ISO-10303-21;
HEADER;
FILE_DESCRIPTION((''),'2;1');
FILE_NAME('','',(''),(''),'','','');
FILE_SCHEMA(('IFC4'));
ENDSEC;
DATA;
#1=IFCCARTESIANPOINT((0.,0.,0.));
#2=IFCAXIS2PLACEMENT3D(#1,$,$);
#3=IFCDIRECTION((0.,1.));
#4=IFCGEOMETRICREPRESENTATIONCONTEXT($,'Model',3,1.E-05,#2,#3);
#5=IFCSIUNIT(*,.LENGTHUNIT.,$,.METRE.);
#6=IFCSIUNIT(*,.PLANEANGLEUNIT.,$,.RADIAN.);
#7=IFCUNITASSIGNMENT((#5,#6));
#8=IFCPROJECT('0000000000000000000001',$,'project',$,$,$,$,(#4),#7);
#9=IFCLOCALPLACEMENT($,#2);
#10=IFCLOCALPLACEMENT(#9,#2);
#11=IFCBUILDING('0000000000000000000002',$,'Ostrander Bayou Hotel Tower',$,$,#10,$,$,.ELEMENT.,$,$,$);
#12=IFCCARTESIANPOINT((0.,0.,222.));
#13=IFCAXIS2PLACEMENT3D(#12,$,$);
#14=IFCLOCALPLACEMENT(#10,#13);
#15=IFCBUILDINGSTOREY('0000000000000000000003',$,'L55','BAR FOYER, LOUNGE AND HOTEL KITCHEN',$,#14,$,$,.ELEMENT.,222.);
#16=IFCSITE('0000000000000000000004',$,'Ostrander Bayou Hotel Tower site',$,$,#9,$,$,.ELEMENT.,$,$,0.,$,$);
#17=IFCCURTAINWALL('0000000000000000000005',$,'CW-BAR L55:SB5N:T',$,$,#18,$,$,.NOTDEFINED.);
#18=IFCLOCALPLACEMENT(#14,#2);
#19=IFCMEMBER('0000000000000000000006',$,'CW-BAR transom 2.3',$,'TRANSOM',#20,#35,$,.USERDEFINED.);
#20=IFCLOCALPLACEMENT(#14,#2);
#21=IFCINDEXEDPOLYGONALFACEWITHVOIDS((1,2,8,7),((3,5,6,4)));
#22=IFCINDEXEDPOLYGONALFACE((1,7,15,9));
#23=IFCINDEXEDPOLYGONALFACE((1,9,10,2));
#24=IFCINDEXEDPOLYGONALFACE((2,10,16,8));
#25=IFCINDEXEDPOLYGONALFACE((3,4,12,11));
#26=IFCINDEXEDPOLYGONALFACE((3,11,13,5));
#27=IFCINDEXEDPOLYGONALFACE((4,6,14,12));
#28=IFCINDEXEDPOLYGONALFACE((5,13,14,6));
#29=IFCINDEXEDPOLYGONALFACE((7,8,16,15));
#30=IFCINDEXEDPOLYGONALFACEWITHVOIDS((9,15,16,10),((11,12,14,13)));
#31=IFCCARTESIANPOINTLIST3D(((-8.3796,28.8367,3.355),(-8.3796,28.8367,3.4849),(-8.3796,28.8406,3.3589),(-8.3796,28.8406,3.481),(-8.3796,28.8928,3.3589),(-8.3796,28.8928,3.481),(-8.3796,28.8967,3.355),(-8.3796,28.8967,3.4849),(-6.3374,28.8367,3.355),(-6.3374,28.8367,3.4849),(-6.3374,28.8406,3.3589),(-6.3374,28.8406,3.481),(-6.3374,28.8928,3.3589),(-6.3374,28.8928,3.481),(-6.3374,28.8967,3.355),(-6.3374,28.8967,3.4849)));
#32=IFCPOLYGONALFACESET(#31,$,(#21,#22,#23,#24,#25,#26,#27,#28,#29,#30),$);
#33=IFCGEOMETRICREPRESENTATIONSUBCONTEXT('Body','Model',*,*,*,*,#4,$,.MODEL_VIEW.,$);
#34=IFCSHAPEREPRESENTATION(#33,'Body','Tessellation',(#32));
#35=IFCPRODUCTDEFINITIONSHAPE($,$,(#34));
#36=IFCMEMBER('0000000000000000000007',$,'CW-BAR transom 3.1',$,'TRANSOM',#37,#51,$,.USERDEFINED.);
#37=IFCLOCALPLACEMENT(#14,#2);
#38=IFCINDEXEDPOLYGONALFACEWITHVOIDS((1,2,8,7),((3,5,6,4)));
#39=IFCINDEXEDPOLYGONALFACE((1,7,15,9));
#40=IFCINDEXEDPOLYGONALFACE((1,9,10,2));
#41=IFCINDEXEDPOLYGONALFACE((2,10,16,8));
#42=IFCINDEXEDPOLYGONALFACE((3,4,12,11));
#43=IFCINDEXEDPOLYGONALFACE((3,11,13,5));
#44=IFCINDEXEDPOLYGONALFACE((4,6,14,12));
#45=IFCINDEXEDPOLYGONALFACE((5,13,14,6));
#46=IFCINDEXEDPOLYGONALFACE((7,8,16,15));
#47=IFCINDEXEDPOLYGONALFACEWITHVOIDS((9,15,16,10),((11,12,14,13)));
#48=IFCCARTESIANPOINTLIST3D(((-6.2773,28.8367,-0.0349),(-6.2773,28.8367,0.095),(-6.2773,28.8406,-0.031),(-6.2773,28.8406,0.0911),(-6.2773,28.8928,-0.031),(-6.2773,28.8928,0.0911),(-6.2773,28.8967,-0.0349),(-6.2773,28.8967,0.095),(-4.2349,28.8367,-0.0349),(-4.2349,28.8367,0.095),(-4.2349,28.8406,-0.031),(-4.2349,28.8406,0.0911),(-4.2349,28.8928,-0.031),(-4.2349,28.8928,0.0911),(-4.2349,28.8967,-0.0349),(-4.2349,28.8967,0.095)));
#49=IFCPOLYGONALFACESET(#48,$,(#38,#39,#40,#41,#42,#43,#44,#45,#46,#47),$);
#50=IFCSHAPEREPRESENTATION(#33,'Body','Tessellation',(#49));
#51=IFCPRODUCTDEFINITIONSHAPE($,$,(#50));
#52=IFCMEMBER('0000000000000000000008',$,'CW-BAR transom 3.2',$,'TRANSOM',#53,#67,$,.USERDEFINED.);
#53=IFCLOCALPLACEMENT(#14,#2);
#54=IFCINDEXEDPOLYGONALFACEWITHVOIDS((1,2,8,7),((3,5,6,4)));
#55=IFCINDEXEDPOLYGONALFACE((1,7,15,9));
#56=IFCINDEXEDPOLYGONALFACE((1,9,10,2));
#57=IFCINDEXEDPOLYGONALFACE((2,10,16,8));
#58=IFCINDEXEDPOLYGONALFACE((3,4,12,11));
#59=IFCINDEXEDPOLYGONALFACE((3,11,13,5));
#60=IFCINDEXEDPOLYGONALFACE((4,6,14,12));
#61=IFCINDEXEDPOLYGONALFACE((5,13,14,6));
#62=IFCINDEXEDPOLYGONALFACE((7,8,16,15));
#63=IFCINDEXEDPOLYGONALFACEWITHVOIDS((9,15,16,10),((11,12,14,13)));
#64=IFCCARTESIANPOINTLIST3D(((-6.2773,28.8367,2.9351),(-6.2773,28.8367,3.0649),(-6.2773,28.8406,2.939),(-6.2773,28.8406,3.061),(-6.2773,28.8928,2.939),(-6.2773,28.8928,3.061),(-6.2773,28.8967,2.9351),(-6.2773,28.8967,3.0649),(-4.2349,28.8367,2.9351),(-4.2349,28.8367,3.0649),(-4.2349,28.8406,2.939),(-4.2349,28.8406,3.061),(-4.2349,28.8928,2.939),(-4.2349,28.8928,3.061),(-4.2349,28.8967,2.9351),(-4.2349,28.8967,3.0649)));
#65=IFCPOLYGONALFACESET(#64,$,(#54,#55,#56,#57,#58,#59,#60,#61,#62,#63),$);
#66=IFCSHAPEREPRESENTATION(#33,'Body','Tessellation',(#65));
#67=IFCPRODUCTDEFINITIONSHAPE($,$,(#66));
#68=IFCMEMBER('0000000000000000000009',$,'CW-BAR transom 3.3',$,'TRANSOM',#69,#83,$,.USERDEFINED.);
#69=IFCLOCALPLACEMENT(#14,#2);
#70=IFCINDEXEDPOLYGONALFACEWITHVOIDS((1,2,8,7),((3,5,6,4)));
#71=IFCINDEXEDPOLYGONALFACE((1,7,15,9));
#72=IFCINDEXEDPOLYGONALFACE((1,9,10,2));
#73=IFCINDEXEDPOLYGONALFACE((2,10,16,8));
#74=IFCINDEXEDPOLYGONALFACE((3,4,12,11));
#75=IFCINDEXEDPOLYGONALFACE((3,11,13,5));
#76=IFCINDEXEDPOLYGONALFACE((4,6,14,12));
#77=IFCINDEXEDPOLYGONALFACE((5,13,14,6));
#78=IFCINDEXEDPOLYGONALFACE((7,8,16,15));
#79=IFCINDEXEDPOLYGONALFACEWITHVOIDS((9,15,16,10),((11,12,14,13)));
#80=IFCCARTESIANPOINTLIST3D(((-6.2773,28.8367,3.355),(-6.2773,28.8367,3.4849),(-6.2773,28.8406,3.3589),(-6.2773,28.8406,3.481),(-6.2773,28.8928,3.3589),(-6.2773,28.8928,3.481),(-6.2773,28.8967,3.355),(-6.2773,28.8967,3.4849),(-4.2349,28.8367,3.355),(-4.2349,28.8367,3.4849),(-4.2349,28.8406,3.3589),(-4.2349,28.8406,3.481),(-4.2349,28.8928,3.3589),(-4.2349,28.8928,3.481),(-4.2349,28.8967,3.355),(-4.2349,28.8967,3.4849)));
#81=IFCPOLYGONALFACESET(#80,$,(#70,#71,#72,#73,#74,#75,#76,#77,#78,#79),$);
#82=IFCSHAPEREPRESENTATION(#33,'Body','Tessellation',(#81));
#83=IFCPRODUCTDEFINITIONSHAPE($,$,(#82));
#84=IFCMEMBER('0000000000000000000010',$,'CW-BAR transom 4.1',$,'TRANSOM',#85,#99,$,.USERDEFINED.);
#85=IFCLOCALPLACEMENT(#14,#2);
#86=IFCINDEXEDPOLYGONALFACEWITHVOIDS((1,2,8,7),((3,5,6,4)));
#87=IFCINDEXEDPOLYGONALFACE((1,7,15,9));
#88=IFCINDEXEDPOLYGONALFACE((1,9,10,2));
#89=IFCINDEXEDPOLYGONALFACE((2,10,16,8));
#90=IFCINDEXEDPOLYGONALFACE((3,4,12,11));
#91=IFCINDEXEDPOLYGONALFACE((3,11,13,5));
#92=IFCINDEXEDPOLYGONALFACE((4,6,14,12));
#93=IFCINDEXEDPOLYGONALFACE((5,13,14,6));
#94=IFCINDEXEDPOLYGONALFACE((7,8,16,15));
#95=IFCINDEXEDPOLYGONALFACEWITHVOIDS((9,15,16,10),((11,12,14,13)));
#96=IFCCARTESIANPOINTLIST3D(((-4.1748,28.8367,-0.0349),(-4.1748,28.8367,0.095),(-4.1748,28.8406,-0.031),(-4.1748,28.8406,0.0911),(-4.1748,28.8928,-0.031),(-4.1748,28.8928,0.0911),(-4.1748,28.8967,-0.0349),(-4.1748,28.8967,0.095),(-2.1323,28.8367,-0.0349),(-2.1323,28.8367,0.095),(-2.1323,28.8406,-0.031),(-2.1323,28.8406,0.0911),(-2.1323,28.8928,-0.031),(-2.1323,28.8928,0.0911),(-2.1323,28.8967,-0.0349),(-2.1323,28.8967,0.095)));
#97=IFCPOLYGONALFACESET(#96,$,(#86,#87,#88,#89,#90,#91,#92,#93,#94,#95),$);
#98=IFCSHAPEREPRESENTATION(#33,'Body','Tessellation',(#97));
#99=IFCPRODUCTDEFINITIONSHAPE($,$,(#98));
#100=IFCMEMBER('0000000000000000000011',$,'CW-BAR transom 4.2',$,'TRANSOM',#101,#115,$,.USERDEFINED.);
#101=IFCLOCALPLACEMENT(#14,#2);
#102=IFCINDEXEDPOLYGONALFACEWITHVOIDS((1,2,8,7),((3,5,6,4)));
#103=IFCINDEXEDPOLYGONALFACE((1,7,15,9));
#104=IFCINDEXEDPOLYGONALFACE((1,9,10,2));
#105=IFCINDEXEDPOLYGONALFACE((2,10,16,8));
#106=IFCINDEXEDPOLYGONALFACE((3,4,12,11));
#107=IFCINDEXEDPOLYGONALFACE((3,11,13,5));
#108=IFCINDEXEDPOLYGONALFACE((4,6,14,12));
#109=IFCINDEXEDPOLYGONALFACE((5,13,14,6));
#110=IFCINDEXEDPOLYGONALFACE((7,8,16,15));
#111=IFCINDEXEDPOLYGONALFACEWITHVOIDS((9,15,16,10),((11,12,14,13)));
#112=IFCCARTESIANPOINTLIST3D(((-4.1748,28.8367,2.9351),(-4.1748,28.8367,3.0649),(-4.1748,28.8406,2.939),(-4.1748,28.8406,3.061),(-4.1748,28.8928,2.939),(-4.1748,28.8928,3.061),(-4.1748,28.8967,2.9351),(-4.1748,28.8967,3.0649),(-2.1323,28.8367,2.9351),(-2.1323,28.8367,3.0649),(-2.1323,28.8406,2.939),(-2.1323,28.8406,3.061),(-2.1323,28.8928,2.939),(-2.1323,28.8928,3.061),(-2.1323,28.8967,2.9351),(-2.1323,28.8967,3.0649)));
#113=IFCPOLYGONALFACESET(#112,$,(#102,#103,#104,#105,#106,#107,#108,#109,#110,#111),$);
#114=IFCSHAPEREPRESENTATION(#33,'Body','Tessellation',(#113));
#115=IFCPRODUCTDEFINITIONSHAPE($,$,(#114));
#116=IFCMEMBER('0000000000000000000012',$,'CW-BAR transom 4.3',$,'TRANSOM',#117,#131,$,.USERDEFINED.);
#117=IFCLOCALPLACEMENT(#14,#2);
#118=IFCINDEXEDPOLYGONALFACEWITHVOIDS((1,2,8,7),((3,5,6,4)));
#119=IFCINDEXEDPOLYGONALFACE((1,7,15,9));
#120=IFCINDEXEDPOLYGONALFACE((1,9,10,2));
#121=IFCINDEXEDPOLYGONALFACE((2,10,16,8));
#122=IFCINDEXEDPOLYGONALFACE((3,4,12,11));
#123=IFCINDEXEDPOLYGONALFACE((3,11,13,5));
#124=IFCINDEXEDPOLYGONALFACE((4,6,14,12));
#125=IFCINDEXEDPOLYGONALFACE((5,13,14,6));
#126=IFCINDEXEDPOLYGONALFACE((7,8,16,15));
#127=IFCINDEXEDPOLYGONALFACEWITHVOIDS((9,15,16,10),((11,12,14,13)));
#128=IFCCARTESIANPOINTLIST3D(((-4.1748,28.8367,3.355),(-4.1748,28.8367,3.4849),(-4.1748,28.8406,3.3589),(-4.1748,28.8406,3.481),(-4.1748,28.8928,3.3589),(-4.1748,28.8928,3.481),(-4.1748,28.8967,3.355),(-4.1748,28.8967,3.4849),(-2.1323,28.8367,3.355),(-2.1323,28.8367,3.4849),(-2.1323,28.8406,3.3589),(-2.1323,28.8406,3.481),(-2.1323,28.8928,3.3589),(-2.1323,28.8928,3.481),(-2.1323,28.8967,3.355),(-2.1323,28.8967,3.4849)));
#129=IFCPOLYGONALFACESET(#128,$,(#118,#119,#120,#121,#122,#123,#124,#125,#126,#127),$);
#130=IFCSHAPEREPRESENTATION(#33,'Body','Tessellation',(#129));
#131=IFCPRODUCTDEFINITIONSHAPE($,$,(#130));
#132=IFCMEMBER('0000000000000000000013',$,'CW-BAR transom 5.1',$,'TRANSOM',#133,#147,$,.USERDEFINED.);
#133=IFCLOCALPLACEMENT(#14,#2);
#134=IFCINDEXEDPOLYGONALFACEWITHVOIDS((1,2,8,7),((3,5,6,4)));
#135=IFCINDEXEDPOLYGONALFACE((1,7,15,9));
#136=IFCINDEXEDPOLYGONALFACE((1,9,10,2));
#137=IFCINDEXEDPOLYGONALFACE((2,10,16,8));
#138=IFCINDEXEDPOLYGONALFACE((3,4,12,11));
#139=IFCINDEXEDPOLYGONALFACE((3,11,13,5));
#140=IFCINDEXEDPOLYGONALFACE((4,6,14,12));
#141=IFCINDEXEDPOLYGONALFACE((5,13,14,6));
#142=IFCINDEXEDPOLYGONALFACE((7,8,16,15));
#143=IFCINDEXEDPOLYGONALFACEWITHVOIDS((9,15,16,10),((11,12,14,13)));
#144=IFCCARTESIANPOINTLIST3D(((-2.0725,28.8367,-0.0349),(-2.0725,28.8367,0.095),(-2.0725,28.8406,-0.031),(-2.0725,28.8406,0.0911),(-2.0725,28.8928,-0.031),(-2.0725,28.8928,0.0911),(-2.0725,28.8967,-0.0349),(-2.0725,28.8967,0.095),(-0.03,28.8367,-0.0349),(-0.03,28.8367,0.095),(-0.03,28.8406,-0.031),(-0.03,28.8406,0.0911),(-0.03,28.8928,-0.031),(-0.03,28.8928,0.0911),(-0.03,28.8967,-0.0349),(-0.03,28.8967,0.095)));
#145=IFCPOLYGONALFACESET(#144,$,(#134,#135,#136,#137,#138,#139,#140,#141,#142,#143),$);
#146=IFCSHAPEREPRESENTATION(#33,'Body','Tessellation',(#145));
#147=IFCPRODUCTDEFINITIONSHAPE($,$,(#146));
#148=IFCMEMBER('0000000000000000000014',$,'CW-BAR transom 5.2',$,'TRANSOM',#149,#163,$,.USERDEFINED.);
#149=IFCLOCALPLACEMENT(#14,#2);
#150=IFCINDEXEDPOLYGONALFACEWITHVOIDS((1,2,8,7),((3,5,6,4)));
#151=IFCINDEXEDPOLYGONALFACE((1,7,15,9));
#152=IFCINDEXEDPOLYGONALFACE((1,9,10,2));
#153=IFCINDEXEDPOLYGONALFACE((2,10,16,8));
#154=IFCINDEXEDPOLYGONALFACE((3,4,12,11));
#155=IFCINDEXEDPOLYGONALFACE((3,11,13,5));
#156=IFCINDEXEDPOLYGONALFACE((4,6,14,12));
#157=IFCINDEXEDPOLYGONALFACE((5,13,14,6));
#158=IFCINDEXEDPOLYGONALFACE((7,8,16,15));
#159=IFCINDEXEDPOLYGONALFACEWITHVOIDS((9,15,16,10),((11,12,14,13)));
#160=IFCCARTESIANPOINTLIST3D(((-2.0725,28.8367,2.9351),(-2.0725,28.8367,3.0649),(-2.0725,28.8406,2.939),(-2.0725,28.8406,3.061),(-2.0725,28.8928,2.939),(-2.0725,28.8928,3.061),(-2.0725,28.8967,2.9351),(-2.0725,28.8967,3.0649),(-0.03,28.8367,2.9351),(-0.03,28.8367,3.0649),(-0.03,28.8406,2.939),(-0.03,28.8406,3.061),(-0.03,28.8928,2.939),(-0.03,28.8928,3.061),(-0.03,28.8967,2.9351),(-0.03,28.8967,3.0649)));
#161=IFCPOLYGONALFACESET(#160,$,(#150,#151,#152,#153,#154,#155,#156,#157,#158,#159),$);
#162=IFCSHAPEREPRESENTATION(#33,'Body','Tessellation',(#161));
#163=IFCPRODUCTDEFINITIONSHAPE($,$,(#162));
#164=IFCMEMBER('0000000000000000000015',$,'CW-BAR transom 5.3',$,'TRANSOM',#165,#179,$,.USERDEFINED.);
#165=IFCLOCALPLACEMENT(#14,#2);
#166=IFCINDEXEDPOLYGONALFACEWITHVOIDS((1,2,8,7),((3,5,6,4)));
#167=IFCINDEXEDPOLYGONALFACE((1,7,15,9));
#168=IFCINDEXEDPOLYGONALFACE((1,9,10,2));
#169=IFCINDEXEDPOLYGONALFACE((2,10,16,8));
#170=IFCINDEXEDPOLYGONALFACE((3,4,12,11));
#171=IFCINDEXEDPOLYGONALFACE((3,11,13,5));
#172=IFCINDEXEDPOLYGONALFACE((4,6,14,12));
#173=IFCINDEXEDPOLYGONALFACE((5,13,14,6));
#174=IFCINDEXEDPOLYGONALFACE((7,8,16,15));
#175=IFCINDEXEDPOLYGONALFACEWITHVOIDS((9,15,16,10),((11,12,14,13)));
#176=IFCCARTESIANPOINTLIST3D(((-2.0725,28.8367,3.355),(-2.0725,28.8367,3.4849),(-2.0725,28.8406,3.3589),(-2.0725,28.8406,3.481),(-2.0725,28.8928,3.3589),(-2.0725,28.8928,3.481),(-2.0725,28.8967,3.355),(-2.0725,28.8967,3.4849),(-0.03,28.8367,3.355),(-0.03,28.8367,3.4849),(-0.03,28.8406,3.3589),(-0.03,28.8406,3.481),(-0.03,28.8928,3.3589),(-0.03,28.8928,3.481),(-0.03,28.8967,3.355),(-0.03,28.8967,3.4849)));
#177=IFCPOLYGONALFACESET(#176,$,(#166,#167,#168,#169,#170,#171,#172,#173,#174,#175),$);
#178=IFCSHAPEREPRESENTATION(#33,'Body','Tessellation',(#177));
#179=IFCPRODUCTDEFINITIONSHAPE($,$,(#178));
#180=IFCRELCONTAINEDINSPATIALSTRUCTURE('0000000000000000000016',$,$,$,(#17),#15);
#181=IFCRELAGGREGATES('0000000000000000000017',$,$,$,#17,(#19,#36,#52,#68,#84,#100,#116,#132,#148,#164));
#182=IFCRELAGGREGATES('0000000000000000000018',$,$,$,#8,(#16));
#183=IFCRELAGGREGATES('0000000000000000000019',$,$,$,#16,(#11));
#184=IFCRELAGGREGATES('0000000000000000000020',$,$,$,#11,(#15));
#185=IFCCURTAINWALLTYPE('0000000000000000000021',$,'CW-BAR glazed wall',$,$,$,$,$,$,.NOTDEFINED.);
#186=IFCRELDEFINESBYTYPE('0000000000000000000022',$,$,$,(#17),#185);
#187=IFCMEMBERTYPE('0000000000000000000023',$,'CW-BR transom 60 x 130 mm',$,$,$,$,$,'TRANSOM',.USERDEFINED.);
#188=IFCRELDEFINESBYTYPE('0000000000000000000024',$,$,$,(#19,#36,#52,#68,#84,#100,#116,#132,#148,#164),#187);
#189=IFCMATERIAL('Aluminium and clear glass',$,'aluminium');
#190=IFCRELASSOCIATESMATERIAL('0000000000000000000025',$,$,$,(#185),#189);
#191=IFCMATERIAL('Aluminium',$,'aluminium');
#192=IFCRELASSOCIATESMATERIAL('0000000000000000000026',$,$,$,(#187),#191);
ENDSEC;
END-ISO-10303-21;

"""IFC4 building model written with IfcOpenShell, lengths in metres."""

from ifc_helpers import new_model, si_unit, direction, frame, origin, origin_2d, place, context, subcontext, project, spatial, hollow_rectangle, extrude, material, material_profile, profile_set, type_object, element, aggregate, save


model = new_model("IFC4")

# Units and contexts
model_context = context("Model", 3, precision=1e-05, world=origin(), true_north=direction((0.0, 1.0)))
body_context = subcontext(model_context, "Body", "Model", "MODEL_VIEW")
ifc_project = project(units=[si_unit("LENGTHUNIT", "METRE"), si_unit("PLANEANGLEUNIT", "RADIAN")], contexts=[model_context])

# Site, building, storey
site_placement = place(None, origin())
site = spatial("IfcSite", under=ifc_project, at=site_placement, Name="Ostrander Bayou Hotel Tower site", CompositionType="ELEMENT", RefElevation=0.0)
building_placement = place(site_placement, origin())
building = spatial("IfcBuilding", under=site, at=building_placement, Name="Ostrander Bayou Hotel Tower", CompositionType="ELEMENT")
storey_placement = place(building_placement, frame((0.0, 0.0, 222.0)))
storey = spatial("IfcBuildingStorey", under=building, at=storey_placement, Name="L55", Description="BAR FOYER, LOUNGE AND HOTEL KITCHEN", CompositionType="ELEMENT", Elevation=222.0)

# Shared definitions
ifc_material_1 = material(Name="Aluminium and clear glass", Category="aluminium")
curtain_wall_type = type_object("IfcCurtainWallType", Name="CW-BAR glazed wall", PredefinedType="NOTDEFINED", material=ifc_material_1)

# Curtain wall, members
curtain_wall_1_placement = place(storey_placement, origin())
curtain_wall_1 = element("IfcCurtainWall", 1, at=curtain_wall_1_placement, inside=storey, type_object=curtain_wall_type, Name="CW-BAR L55:SB5N:T", PredefinedType="NOTDEFINED")
ifc_material_2 = material(Name="Aluminium", Category="aluminium")
ifc_material_profile_1 = material_profile(ifc_material_2, hollow_rectangle(XDim=0.0601, YDim=0.1299, WallThickness=0.0039, at=origin_2d()))
ifc_profile_set_1 = profile_set([ifc_material_profile_1], Name="Aluminium")
member_type_1 = type_object("IfcMemberType", Name="CW-BR transom 60 x 130 mm", ElementType="TRANSOM", PredefinedType="USERDEFINED", material=ifc_profile_set_1)
member_1_placement = place(storey_placement, frame((-8.3796, 28.8667, 3.4199), z_axis=(1.0, 0.0, 0.0), x_axis=(0.0, 1.0, 0.0)))
member_1 = element("IfcMember", 2, at=member_1_placement, type_object=member_type_1, Name="CW-BAR transom 2.3", ObjectType="TRANSOM", PredefinedType="USERDEFINED", context=body_context, shape_type="SweptSolid", body=[
    extrude(hollow_rectangle(XDim=0.0601, YDim=0.1299, WallThickness=0.0039, at=origin_2d()), origin(), (0.0, 0.0, 1.0), 2.0422),
])
member_2_placement = place(storey_placement, frame((-6.2773, 28.8667, 0.03), z_axis=(1.0, 0.0, 0.0), x_axis=(0.0, 1.0, 0.0)))
member_2 = element("IfcMember", 3, at=member_2_placement, type_object=member_type_1, Name="CW-BAR transom 3.1", ObjectType="TRANSOM", PredefinedType="USERDEFINED", context=body_context, shape_type="SweptSolid", body=[
    extrude(hollow_rectangle(XDim=0.0601, YDim=0.1299, WallThickness=0.0039, at=origin_2d()), origin(), (0.0, 0.0, 1.0), 2.0425),
])
member_3_placement = place(storey_placement, frame((-6.2773, 28.8667, 3.0), z_axis=(1.0, 0.0, 0.0), x_axis=(0.0, 1.0, 0.0)))
member_3 = element("IfcMember", 4, at=member_3_placement, type_object=member_type_1, Name="CW-BAR transom 3.2", ObjectType="TRANSOM", PredefinedType="USERDEFINED", context=body_context, shape_type="SweptSolid", body=[
    extrude(hollow_rectangle(XDim=0.0601, YDim=0.1299, WallThickness=0.0039, at=origin_2d()), origin(), (0.0, 0.0, 1.0), 2.0425),
])
member_4_placement = place(storey_placement, frame((-6.2773, 28.8667, 3.4199), z_axis=(1.0, 0.0, 0.0), x_axis=(0.0, 1.0, 0.0)))
member_4 = element("IfcMember", 5, at=member_4_placement, type_object=member_type_1, Name="CW-BAR transom 3.3", ObjectType="TRANSOM", PredefinedType="USERDEFINED", context=body_context, shape_type="SweptSolid", body=[
    extrude(hollow_rectangle(XDim=0.0601, YDim=0.1299, WallThickness=0.0039, at=origin_2d()), origin(), (0.0, 0.0, 1.0), 2.0425),
])
member_5_placement = place(storey_placement, frame((-4.1748, 28.8667, 0.03), z_axis=(1.0, 0.0, 0.0), x_axis=(0.0, 1.0, 0.0)))
member_5 = element("IfcMember", 6, at=member_5_placement, type_object=member_type_1, Name="CW-BAR transom 4.1", ObjectType="TRANSOM", PredefinedType="USERDEFINED", context=body_context, shape_type="SweptSolid", body=[
    extrude(hollow_rectangle(XDim=0.0601, YDim=0.1299, WallThickness=0.0039, at=origin_2d()), origin(), (0.0, 0.0, 1.0), 2.0425),
])
member_6_placement = place(storey_placement, frame((-4.1748, 28.8667, 3.0), z_axis=(1.0, 0.0, 0.0), x_axis=(0.0, 1.0, 0.0)))
member_6 = element("IfcMember", 7, at=member_6_placement, type_object=member_type_1, Name="CW-BAR transom 4.2", ObjectType="TRANSOM", PredefinedType="USERDEFINED", context=body_context, shape_type="SweptSolid", body=[
    extrude(hollow_rectangle(XDim=0.0601, YDim=0.1299, WallThickness=0.0039, at=origin_2d()), origin(), (0.0, 0.0, 1.0), 2.0425),
])
member_7_placement = place(storey_placement, frame((-4.1748, 28.8667, 3.4199), z_axis=(1.0, 0.0, 0.0), x_axis=(0.0, 1.0, 0.0)))
member_7 = element("IfcMember", 8, at=member_7_placement, type_object=member_type_1, Name="CW-BAR transom 4.3", ObjectType="TRANSOM", PredefinedType="USERDEFINED", context=body_context, shape_type="SweptSolid", body=[
    extrude(hollow_rectangle(XDim=0.0601, YDim=0.1299, WallThickness=0.0039, at=origin_2d()), origin(), (0.0, 0.0, 1.0), 2.0425),
])
member_8_placement = place(storey_placement, frame((-2.0725, 28.8667, 0.03), z_axis=(1.0, 0.0, 0.0), x_axis=(0.0, 1.0, 0.0)))
member_8 = element("IfcMember", 9, at=member_8_placement, type_object=member_type_1, Name="CW-BAR transom 5.1", ObjectType="TRANSOM", PredefinedType="USERDEFINED", context=body_context, shape_type="SweptSolid", body=[
    extrude(hollow_rectangle(XDim=0.0601, YDim=0.1299, WallThickness=0.0039, at=origin_2d()), origin(), (0.0, 0.0, 1.0), 2.0425),
])
member_9_placement = place(storey_placement, frame((-2.0725, 28.8667, 3.0), z_axis=(1.0, 0.0, 0.0), x_axis=(0.0, 1.0, 0.0)))
member_9 = element("IfcMember", 10, at=member_9_placement, type_object=member_type_1, Name="CW-BAR transom 5.2", ObjectType="TRANSOM", PredefinedType="USERDEFINED", context=body_context, shape_type="SweptSolid", body=[
    extrude(hollow_rectangle(XDim=0.0601, YDim=0.1299, WallThickness=0.0039, at=origin_2d()), origin(), (0.0, 0.0, 1.0), 2.0425),
])
member_10_placement = place(storey_placement, frame((-2.0725, 28.8667, 3.4199), z_axis=(1.0, 0.0, 0.0), x_axis=(0.0, 1.0, 0.0)))
member_10 = element("IfcMember", 11, at=member_10_placement, type_object=member_type_1, Name="CW-BAR transom 5.3", ObjectType="TRANSOM", PredefinedType="USERDEFINED", context=body_context, shape_type="SweptSolid", body=[
    extrude(hollow_rectangle(XDim=0.0601, YDim=0.1299, WallThickness=0.0039, at=origin_2d()), origin(), (0.0, 0.0, 1.0), 2.0425),
])

aggregate(curtain_wall_1, [member_1, member_2, member_3, member_4, member_5, member_6, member_7, member_8, member_9, member_10])

save(model, "model.ifc")
